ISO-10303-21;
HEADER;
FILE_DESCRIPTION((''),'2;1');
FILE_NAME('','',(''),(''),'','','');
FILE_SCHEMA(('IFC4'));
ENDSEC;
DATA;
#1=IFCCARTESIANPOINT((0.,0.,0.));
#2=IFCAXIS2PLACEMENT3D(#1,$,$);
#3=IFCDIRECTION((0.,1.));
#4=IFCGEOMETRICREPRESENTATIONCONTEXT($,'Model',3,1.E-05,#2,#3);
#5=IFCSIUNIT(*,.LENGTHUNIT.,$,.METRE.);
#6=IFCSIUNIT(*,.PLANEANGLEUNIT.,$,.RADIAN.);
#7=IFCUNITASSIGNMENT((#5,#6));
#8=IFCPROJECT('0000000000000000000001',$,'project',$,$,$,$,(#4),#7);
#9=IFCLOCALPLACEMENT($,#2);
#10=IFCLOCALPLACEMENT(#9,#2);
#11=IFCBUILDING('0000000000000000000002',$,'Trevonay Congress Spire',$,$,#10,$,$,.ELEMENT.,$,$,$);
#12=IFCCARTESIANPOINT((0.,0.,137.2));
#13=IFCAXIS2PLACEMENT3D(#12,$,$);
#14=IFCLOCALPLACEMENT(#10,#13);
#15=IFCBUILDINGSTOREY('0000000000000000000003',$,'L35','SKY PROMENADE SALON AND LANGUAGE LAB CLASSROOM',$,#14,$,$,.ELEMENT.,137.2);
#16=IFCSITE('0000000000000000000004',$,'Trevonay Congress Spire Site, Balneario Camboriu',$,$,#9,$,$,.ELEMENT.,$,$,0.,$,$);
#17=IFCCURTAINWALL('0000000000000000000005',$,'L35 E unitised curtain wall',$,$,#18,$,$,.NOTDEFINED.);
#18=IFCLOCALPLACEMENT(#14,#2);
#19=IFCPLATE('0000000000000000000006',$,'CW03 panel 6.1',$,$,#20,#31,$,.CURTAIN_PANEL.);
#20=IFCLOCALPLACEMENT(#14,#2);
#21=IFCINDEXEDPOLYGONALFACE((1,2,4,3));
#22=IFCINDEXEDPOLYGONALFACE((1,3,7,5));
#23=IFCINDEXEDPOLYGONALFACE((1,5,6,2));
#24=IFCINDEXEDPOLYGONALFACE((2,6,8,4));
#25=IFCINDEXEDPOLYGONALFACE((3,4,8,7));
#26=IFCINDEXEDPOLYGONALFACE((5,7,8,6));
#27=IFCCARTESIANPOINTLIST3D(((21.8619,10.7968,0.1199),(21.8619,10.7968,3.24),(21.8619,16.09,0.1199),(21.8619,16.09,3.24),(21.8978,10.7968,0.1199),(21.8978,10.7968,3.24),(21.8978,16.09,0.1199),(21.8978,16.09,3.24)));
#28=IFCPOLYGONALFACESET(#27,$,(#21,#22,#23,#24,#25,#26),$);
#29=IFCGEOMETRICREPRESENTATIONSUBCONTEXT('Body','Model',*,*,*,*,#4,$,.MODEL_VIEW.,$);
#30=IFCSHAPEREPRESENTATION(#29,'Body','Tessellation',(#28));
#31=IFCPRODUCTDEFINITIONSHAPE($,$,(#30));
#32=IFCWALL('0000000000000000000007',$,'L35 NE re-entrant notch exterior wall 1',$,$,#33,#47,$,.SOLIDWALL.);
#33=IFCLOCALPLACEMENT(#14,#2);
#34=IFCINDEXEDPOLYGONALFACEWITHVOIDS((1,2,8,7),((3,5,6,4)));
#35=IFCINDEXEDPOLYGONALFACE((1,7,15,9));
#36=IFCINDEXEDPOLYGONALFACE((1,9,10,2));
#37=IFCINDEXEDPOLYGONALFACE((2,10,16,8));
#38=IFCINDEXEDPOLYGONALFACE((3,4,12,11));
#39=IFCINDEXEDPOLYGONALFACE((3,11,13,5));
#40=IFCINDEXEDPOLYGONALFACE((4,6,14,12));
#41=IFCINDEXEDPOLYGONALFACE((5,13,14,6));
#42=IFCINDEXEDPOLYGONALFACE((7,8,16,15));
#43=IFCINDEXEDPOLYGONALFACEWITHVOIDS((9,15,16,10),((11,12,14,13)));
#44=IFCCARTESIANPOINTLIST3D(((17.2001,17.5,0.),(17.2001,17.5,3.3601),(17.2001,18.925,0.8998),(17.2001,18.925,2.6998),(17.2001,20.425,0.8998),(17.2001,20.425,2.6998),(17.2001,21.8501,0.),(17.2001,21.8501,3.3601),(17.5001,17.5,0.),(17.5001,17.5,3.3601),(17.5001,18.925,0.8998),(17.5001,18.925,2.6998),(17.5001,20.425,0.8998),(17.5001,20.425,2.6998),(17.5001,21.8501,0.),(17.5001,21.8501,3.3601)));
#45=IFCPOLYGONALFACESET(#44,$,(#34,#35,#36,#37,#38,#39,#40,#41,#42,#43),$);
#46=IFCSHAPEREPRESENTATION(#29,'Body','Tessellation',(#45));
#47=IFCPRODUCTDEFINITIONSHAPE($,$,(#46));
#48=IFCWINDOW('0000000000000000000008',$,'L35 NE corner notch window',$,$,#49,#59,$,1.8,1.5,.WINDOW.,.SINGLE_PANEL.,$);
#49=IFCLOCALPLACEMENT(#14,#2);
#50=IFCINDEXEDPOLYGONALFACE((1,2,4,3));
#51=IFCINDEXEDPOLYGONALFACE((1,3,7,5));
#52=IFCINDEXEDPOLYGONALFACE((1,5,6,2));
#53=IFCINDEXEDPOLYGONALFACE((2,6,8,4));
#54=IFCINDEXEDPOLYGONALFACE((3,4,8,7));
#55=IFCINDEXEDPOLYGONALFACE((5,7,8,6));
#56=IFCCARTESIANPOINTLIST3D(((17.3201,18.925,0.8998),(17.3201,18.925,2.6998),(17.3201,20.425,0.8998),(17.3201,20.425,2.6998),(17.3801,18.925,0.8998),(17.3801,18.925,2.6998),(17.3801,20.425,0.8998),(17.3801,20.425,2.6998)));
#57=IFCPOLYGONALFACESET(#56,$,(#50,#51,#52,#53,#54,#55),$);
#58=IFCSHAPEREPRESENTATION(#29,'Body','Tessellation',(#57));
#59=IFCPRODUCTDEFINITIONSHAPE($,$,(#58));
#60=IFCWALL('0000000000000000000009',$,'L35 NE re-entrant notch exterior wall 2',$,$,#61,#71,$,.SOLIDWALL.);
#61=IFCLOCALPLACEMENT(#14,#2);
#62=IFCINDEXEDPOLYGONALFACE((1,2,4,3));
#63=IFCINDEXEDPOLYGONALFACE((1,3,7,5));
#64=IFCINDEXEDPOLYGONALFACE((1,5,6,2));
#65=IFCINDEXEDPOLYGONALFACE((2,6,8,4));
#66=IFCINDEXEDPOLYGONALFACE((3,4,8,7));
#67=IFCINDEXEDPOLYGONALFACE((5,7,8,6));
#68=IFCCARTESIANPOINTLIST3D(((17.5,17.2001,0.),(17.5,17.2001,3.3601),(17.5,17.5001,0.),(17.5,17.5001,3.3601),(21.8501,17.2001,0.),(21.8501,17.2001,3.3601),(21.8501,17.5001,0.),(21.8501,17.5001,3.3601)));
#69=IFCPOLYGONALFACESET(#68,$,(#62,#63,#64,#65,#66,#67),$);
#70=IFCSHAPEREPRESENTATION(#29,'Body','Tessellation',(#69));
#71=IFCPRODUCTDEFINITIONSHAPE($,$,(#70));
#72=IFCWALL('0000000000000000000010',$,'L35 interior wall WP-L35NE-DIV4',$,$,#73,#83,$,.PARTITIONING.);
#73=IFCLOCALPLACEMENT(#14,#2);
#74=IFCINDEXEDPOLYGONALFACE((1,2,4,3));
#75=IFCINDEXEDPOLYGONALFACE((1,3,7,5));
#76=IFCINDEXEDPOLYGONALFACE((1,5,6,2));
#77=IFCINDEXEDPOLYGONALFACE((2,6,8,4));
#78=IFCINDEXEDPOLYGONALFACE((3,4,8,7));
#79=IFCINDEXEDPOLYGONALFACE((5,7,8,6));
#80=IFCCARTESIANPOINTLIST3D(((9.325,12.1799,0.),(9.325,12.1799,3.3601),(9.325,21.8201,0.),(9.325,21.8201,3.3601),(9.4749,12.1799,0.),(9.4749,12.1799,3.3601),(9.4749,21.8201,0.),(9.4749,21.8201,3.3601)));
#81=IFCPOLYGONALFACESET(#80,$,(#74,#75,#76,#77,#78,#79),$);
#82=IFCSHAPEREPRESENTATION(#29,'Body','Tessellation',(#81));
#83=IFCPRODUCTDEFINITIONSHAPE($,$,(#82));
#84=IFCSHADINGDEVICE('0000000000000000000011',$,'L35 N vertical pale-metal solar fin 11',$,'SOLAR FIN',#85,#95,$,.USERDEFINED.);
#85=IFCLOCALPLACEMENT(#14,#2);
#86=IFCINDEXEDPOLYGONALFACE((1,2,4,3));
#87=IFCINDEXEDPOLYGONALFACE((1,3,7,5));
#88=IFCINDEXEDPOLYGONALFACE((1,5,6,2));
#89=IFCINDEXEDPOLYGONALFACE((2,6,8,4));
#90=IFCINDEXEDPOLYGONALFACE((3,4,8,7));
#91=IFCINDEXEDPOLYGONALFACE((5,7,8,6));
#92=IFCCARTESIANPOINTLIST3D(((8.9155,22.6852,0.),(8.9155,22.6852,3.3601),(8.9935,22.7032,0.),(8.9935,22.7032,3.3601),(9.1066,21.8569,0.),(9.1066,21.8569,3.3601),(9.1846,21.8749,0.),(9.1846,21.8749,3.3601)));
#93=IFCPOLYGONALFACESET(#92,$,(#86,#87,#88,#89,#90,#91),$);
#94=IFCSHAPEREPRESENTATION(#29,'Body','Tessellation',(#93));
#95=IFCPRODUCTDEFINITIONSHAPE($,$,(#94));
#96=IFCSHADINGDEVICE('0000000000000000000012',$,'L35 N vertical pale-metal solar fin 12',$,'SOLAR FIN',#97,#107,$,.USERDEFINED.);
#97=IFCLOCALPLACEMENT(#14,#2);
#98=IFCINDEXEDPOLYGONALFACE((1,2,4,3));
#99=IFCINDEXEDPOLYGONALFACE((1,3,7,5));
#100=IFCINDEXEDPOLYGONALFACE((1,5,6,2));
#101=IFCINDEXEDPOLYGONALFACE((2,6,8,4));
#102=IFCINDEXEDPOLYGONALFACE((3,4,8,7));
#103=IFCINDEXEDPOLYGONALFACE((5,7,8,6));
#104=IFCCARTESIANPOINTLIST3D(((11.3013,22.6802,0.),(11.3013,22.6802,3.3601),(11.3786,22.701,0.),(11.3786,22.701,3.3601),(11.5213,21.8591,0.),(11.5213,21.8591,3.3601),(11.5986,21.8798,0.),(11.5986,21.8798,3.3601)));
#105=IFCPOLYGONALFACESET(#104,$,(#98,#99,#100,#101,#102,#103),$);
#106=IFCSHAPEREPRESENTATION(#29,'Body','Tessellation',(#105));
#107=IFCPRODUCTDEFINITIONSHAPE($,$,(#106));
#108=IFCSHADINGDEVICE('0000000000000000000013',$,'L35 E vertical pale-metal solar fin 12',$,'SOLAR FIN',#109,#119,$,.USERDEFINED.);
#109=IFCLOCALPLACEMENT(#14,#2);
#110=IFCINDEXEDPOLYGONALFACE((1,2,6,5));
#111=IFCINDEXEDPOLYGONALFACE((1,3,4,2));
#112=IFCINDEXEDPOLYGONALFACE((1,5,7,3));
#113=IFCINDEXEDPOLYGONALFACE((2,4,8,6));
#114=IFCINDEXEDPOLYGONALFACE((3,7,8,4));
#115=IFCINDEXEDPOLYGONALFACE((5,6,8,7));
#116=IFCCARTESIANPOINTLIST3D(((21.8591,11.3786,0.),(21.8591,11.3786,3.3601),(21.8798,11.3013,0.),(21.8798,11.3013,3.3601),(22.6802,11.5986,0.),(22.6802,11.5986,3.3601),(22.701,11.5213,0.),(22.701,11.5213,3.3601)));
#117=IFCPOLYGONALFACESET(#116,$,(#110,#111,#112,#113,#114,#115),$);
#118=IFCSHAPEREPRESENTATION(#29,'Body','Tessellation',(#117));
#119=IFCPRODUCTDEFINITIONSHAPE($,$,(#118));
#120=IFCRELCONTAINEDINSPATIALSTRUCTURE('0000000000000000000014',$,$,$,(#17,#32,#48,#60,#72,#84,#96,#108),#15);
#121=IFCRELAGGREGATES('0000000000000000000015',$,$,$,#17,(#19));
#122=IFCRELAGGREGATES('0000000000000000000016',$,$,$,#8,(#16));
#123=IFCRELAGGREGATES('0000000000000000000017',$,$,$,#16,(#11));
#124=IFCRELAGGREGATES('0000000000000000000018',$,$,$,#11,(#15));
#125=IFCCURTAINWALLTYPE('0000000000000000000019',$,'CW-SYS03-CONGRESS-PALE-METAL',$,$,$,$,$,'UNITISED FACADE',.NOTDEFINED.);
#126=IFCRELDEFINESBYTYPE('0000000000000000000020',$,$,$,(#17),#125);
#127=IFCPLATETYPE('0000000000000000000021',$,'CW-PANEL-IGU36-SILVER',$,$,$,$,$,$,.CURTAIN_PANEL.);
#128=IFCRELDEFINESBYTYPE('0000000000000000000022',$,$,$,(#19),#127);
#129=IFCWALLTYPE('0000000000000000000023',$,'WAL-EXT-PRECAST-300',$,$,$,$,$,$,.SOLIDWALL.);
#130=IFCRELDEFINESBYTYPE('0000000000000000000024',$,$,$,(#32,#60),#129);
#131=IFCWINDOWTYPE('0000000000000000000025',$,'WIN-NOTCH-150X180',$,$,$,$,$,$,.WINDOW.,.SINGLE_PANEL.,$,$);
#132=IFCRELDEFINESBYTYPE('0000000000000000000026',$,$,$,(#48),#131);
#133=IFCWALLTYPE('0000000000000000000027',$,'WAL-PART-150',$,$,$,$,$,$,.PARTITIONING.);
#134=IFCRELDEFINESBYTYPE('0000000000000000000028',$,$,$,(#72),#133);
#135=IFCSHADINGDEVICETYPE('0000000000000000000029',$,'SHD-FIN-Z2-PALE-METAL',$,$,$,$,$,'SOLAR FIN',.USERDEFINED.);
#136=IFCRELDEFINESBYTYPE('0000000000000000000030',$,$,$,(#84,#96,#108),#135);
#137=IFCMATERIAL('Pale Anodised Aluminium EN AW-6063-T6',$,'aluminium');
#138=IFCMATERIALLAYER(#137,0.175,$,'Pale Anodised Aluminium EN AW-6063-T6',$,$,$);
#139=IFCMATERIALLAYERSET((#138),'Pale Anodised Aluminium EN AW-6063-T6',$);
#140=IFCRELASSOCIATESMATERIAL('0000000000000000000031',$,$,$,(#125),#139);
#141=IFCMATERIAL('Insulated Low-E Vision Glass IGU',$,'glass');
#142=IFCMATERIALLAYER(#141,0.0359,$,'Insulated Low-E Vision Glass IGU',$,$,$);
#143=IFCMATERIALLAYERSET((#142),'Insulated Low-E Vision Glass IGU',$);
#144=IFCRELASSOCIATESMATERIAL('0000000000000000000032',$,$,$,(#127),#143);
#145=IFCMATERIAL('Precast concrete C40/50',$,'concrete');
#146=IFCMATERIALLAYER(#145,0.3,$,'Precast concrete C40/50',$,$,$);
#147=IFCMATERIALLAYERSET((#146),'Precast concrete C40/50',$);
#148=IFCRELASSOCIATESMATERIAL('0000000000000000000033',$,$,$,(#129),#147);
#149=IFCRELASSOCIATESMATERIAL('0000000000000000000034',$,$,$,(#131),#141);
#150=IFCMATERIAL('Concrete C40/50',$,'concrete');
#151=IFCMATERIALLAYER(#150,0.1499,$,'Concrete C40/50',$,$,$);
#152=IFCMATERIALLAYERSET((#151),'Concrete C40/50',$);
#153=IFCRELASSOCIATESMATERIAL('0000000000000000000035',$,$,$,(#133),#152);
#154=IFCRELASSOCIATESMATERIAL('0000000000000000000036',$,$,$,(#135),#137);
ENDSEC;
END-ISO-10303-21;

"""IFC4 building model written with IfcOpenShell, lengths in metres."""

from ifc_helpers import new_model, si_unit, direction, frame, frame_2d, origin, origin_2d, place, context, subcontext, project, spatial, rectangle, extrude, material, layer, layer_set, type_object, element, fill, aggregate, save


model = new_model("IFC4")

# Units and contexts
model_context = context("Model", 3, precision=1e-05, world=origin(), true_north=direction((0.0, 1.0)))
body_context = subcontext(model_context, "Body", "Model", "MODEL_VIEW")
ifc_project = project(units=[si_unit("LENGTHUNIT", "METRE"), si_unit("PLANEANGLEUNIT", "RADIAN")], contexts=[model_context])

# Site, building, storey
site_placement = place(None, origin())
site = spatial("IfcSite", under=ifc_project, at=site_placement, Name="Trevonay Congress Spire Site, Balneario Camboriu", CompositionType="ELEMENT", RefElevation=0.0)
building_placement = place(site_placement, origin())
building = spatial("IfcBuilding", under=site, at=building_placement, Name="Trevonay Congress Spire", CompositionType="ELEMENT")
storey_placement = place(building_placement, frame((0.0, 0.0, 137.2)))
storey = spatial("IfcBuildingStorey", under=building, at=storey_placement, Name="L35", Description="SKY PROMENADE SALON AND LANGUAGE LAB CLASSROOM", CompositionType="ELEMENT", Elevation=137.2)

# Curtain wall
ifc_material_1 = material(Name="Pale Anodised Aluminium EN AW-6063-T6", Category="aluminium")
ifc_layer_1 = layer(ifc_material_1, 0.175, Name="Pale Anodised Aluminium EN AW-6063-T6")
ifc_layer_set_1 = layer_set([ifc_layer_1], Name="Pale Anodised Aluminium EN AW-6063-T6")
curtain_wall_type = type_object("IfcCurtainWallType", Name="CW-SYS03-CONGRESS-PALE-METAL", ElementType="UNITISED FACADE", PredefinedType="NOTDEFINED", material=ifc_layer_set_1)
curtain_wall_1_placement = place(storey_placement, origin())
curtain_wall_1 = element("IfcCurtainWall", 1, at=curtain_wall_1_placement, inside=storey, type_object=curtain_wall_type, Name="L35 E unitised curtain wall", PredefinedType="NOTDEFINED")

# Plate
ifc_material_2 = material(Name="Insulated Low-E Vision Glass IGU", Category="glass")
ifc_layer_2 = layer(ifc_material_2, 0.0359, Name="Insulated Low-E Vision Glass IGU")
ifc_layer_set_2 = layer_set([ifc_layer_2], Name="Insulated Low-E Vision Glass IGU")
plate_type = type_object("IfcPlateType", Name="CW-PANEL-IGU36-SILVER", PredefinedType="CURTAIN_PANEL", material=ifc_layer_set_2)
plate_1_placement = place(storey_placement, frame((21.8799, 13.4434, 0.1199), z_axis=(0.0, 0.0, 1.0), x_axis=(0.0, 1.0, 0.0)))
plate_1 = element("IfcPlate", 2, at=plate_1_placement, type_object=plate_type, Name="CW03 panel 6.1", PredefinedType="CURTAIN_PANEL", context=body_context, shape_type="SweptSolid", body=[
    extrude(rectangle(XDim=5.2932, YDim=0.0359, at=origin_2d()), origin(), (0.0, 0.0, 1.0), 3.1201),
])
aggregate(curtain_wall_1, [plate_1])

# Wall, opening, window
ifc_material_3 = material(Name="Precast concrete C40/50", Category="concrete")
ifc_layer_3 = layer(ifc_material_3, 0.3, Name="Precast concrete C40/50")
ifc_layer_set_3 = layer_set([ifc_layer_3], Name="Precast concrete C40/50")
wall_type_1 = type_object("IfcWallType", Name="WAL-EXT-PRECAST-300", PredefinedType="SOLIDWALL", material=ifc_layer_set_3)
wall_1_placement = place(storey_placement, frame((17.3501, 21.8501, 0.0), z_axis=(0.0, 0.0, 1.0), x_axis=(0.0, -1.0, 0.0)))
wall_1 = element("IfcWall", 3, at=wall_1_placement, inside=storey, type_object=wall_type_1, Name="L35 NE re-entrant notch exterior wall 1", PredefinedType="SOLIDWALL", context=body_context, shape_type="SweptSolid", body=[
    extrude(rectangle(XDim=4.3501, YDim=0.3, at=frame_2d((2.175, 0.0))), origin(), (0.0, 0.0, 1.0), 3.3601),
])
opening_placement = place(wall_1_placement, frame((1.425, 0.0, 0.8999)))
opening = element("IfcOpeningElement", 4, at=opening_placement, cuts=wall_1, PredefinedType="OPENING", context=body_context, shape_type="SweptSolid", body=[
    extrude(rectangle(XDim=1.5, YDim=1.8, at=frame_2d((0.75, 0.8999))), frame((0.0, 0.1602, 0.0), z_axis=(0.0, -1.0, 0.0), x_axis=(1.0, 0.0, 0.0)), (0.0, 0.0, 1.0), 0.3201),
])
window_type = type_object("IfcWindowType", Name="WIN-NOTCH-150X180", PartitioningType="SINGLE_PANEL", PredefinedType="WINDOW", material=ifc_material_2)
window_placement = place(opening_placement, origin())
window = element("IfcWindow", 5, at=window_placement, inside=storey, type_object=window_type, Name="L35 NE corner notch window", OverallHeight=1.8, OverallWidth=1.5, PartitioningType="SINGLE_PANEL", PredefinedType="WINDOW", context=body_context, shape_type="SweptSolid", body=[
    extrude(rectangle(XDim=1.5, YDim=1.8, at=frame_2d((0.75, 0.8999))), frame((0.0, 0.03, 0.0), z_axis=(0.0, -1.0, 0.0), x_axis=(1.0, 0.0, 0.0)), (0.0, 0.0, 1.0), 0.0601),
])
fill(opening, window)

# Walls
wall_2_placement = place(storey_placement, frame((21.8501, 17.3501, 0.0), z_axis=(0.0, 0.0, 1.0), x_axis=(-1.0, 0.0, 0.0)))
element("IfcWall", 6, at=wall_2_placement, inside=storey, type_object=wall_type_1, Name="L35 NE re-entrant notch exterior wall 2", PredefinedType="SOLIDWALL", context=body_context, shape_type="SweptSolid", body=[
    extrude(rectangle(XDim=4.3501, YDim=0.3, at=frame_2d((2.175, 0.0))), origin(), (0.0, 0.0, 1.0), 3.3601),
])
ifc_material_4 = material(Name="Concrete C40/50", Category="concrete")
ifc_layer_4 = layer(ifc_material_4, 0.1499, Name="Concrete C40/50")
ifc_layer_set_4 = layer_set([ifc_layer_4], Name="Concrete C40/50")
wall_type_2 = type_object("IfcWallType", Name="WAL-PART-150", PredefinedType="PARTITIONING", material=ifc_layer_set_4)
wall_3_placement = place(storey_placement, frame((9.3999, 12.1799, 0.0), z_axis=(0.0, 0.0, 1.0), x_axis=(0.0, 1.0, 0.0)))
element("IfcWall", 7, at=wall_3_placement, inside=storey, type_object=wall_type_2, Name="L35 interior wall WP-L35NE-DIV4", PredefinedType="PARTITIONING", context=body_context, shape_type="SweptSolid", body=[
    extrude(rectangle(XDim=9.6401, YDim=0.1499, at=frame_2d((4.8201, 0.0))), origin(), (0.0, 0.0, 1.0), 3.3601),
])

# Shading devices
shading_device_type = type_object("IfcShadingDeviceType", Name="SHD-FIN-Z2-PALE-METAL", ElementType="SOLAR FIN", PredefinedType="USERDEFINED", material=ifc_material_1)
for number, where, z_axis, x_axis, name in (
    (8, (9.05, 22.28, 0.0), (0.0, 0.0, 1.0), (0.974409, 0.224781, 0.0), "L35 N vertical pale-metal solar fin 11"),
    (9, (11.45, 22.28, 0.0), (0.0, 0.0, 1.0), (0.965926, 0.258819, 0.0), "L35 N vertical pale-metal solar fin 12"),
    (10, (22.28, 11.45, 0.0), (0.0, 0.0, 1.0), (-0.258819, 0.965926, 0.0), "L35 E vertical pale-metal solar fin 12"),
):
    element("IfcShadingDevice", number, at=place(storey_placement, frame(where, z_axis=z_axis, x_axis=x_axis)), inside=storey, type_object=shading_device_type, Name=name, ObjectType="SOLAR FIN", PredefinedType="USERDEFINED", context=body_context, shape_type="SweptSolid", body=[
        extrude(rectangle(XDim=0.0801, YDim=0.8501, at=origin_2d()), origin(), (0.0, 0.0, 1.0), 3.3601),
    ])

save(model, "model.ifc")
